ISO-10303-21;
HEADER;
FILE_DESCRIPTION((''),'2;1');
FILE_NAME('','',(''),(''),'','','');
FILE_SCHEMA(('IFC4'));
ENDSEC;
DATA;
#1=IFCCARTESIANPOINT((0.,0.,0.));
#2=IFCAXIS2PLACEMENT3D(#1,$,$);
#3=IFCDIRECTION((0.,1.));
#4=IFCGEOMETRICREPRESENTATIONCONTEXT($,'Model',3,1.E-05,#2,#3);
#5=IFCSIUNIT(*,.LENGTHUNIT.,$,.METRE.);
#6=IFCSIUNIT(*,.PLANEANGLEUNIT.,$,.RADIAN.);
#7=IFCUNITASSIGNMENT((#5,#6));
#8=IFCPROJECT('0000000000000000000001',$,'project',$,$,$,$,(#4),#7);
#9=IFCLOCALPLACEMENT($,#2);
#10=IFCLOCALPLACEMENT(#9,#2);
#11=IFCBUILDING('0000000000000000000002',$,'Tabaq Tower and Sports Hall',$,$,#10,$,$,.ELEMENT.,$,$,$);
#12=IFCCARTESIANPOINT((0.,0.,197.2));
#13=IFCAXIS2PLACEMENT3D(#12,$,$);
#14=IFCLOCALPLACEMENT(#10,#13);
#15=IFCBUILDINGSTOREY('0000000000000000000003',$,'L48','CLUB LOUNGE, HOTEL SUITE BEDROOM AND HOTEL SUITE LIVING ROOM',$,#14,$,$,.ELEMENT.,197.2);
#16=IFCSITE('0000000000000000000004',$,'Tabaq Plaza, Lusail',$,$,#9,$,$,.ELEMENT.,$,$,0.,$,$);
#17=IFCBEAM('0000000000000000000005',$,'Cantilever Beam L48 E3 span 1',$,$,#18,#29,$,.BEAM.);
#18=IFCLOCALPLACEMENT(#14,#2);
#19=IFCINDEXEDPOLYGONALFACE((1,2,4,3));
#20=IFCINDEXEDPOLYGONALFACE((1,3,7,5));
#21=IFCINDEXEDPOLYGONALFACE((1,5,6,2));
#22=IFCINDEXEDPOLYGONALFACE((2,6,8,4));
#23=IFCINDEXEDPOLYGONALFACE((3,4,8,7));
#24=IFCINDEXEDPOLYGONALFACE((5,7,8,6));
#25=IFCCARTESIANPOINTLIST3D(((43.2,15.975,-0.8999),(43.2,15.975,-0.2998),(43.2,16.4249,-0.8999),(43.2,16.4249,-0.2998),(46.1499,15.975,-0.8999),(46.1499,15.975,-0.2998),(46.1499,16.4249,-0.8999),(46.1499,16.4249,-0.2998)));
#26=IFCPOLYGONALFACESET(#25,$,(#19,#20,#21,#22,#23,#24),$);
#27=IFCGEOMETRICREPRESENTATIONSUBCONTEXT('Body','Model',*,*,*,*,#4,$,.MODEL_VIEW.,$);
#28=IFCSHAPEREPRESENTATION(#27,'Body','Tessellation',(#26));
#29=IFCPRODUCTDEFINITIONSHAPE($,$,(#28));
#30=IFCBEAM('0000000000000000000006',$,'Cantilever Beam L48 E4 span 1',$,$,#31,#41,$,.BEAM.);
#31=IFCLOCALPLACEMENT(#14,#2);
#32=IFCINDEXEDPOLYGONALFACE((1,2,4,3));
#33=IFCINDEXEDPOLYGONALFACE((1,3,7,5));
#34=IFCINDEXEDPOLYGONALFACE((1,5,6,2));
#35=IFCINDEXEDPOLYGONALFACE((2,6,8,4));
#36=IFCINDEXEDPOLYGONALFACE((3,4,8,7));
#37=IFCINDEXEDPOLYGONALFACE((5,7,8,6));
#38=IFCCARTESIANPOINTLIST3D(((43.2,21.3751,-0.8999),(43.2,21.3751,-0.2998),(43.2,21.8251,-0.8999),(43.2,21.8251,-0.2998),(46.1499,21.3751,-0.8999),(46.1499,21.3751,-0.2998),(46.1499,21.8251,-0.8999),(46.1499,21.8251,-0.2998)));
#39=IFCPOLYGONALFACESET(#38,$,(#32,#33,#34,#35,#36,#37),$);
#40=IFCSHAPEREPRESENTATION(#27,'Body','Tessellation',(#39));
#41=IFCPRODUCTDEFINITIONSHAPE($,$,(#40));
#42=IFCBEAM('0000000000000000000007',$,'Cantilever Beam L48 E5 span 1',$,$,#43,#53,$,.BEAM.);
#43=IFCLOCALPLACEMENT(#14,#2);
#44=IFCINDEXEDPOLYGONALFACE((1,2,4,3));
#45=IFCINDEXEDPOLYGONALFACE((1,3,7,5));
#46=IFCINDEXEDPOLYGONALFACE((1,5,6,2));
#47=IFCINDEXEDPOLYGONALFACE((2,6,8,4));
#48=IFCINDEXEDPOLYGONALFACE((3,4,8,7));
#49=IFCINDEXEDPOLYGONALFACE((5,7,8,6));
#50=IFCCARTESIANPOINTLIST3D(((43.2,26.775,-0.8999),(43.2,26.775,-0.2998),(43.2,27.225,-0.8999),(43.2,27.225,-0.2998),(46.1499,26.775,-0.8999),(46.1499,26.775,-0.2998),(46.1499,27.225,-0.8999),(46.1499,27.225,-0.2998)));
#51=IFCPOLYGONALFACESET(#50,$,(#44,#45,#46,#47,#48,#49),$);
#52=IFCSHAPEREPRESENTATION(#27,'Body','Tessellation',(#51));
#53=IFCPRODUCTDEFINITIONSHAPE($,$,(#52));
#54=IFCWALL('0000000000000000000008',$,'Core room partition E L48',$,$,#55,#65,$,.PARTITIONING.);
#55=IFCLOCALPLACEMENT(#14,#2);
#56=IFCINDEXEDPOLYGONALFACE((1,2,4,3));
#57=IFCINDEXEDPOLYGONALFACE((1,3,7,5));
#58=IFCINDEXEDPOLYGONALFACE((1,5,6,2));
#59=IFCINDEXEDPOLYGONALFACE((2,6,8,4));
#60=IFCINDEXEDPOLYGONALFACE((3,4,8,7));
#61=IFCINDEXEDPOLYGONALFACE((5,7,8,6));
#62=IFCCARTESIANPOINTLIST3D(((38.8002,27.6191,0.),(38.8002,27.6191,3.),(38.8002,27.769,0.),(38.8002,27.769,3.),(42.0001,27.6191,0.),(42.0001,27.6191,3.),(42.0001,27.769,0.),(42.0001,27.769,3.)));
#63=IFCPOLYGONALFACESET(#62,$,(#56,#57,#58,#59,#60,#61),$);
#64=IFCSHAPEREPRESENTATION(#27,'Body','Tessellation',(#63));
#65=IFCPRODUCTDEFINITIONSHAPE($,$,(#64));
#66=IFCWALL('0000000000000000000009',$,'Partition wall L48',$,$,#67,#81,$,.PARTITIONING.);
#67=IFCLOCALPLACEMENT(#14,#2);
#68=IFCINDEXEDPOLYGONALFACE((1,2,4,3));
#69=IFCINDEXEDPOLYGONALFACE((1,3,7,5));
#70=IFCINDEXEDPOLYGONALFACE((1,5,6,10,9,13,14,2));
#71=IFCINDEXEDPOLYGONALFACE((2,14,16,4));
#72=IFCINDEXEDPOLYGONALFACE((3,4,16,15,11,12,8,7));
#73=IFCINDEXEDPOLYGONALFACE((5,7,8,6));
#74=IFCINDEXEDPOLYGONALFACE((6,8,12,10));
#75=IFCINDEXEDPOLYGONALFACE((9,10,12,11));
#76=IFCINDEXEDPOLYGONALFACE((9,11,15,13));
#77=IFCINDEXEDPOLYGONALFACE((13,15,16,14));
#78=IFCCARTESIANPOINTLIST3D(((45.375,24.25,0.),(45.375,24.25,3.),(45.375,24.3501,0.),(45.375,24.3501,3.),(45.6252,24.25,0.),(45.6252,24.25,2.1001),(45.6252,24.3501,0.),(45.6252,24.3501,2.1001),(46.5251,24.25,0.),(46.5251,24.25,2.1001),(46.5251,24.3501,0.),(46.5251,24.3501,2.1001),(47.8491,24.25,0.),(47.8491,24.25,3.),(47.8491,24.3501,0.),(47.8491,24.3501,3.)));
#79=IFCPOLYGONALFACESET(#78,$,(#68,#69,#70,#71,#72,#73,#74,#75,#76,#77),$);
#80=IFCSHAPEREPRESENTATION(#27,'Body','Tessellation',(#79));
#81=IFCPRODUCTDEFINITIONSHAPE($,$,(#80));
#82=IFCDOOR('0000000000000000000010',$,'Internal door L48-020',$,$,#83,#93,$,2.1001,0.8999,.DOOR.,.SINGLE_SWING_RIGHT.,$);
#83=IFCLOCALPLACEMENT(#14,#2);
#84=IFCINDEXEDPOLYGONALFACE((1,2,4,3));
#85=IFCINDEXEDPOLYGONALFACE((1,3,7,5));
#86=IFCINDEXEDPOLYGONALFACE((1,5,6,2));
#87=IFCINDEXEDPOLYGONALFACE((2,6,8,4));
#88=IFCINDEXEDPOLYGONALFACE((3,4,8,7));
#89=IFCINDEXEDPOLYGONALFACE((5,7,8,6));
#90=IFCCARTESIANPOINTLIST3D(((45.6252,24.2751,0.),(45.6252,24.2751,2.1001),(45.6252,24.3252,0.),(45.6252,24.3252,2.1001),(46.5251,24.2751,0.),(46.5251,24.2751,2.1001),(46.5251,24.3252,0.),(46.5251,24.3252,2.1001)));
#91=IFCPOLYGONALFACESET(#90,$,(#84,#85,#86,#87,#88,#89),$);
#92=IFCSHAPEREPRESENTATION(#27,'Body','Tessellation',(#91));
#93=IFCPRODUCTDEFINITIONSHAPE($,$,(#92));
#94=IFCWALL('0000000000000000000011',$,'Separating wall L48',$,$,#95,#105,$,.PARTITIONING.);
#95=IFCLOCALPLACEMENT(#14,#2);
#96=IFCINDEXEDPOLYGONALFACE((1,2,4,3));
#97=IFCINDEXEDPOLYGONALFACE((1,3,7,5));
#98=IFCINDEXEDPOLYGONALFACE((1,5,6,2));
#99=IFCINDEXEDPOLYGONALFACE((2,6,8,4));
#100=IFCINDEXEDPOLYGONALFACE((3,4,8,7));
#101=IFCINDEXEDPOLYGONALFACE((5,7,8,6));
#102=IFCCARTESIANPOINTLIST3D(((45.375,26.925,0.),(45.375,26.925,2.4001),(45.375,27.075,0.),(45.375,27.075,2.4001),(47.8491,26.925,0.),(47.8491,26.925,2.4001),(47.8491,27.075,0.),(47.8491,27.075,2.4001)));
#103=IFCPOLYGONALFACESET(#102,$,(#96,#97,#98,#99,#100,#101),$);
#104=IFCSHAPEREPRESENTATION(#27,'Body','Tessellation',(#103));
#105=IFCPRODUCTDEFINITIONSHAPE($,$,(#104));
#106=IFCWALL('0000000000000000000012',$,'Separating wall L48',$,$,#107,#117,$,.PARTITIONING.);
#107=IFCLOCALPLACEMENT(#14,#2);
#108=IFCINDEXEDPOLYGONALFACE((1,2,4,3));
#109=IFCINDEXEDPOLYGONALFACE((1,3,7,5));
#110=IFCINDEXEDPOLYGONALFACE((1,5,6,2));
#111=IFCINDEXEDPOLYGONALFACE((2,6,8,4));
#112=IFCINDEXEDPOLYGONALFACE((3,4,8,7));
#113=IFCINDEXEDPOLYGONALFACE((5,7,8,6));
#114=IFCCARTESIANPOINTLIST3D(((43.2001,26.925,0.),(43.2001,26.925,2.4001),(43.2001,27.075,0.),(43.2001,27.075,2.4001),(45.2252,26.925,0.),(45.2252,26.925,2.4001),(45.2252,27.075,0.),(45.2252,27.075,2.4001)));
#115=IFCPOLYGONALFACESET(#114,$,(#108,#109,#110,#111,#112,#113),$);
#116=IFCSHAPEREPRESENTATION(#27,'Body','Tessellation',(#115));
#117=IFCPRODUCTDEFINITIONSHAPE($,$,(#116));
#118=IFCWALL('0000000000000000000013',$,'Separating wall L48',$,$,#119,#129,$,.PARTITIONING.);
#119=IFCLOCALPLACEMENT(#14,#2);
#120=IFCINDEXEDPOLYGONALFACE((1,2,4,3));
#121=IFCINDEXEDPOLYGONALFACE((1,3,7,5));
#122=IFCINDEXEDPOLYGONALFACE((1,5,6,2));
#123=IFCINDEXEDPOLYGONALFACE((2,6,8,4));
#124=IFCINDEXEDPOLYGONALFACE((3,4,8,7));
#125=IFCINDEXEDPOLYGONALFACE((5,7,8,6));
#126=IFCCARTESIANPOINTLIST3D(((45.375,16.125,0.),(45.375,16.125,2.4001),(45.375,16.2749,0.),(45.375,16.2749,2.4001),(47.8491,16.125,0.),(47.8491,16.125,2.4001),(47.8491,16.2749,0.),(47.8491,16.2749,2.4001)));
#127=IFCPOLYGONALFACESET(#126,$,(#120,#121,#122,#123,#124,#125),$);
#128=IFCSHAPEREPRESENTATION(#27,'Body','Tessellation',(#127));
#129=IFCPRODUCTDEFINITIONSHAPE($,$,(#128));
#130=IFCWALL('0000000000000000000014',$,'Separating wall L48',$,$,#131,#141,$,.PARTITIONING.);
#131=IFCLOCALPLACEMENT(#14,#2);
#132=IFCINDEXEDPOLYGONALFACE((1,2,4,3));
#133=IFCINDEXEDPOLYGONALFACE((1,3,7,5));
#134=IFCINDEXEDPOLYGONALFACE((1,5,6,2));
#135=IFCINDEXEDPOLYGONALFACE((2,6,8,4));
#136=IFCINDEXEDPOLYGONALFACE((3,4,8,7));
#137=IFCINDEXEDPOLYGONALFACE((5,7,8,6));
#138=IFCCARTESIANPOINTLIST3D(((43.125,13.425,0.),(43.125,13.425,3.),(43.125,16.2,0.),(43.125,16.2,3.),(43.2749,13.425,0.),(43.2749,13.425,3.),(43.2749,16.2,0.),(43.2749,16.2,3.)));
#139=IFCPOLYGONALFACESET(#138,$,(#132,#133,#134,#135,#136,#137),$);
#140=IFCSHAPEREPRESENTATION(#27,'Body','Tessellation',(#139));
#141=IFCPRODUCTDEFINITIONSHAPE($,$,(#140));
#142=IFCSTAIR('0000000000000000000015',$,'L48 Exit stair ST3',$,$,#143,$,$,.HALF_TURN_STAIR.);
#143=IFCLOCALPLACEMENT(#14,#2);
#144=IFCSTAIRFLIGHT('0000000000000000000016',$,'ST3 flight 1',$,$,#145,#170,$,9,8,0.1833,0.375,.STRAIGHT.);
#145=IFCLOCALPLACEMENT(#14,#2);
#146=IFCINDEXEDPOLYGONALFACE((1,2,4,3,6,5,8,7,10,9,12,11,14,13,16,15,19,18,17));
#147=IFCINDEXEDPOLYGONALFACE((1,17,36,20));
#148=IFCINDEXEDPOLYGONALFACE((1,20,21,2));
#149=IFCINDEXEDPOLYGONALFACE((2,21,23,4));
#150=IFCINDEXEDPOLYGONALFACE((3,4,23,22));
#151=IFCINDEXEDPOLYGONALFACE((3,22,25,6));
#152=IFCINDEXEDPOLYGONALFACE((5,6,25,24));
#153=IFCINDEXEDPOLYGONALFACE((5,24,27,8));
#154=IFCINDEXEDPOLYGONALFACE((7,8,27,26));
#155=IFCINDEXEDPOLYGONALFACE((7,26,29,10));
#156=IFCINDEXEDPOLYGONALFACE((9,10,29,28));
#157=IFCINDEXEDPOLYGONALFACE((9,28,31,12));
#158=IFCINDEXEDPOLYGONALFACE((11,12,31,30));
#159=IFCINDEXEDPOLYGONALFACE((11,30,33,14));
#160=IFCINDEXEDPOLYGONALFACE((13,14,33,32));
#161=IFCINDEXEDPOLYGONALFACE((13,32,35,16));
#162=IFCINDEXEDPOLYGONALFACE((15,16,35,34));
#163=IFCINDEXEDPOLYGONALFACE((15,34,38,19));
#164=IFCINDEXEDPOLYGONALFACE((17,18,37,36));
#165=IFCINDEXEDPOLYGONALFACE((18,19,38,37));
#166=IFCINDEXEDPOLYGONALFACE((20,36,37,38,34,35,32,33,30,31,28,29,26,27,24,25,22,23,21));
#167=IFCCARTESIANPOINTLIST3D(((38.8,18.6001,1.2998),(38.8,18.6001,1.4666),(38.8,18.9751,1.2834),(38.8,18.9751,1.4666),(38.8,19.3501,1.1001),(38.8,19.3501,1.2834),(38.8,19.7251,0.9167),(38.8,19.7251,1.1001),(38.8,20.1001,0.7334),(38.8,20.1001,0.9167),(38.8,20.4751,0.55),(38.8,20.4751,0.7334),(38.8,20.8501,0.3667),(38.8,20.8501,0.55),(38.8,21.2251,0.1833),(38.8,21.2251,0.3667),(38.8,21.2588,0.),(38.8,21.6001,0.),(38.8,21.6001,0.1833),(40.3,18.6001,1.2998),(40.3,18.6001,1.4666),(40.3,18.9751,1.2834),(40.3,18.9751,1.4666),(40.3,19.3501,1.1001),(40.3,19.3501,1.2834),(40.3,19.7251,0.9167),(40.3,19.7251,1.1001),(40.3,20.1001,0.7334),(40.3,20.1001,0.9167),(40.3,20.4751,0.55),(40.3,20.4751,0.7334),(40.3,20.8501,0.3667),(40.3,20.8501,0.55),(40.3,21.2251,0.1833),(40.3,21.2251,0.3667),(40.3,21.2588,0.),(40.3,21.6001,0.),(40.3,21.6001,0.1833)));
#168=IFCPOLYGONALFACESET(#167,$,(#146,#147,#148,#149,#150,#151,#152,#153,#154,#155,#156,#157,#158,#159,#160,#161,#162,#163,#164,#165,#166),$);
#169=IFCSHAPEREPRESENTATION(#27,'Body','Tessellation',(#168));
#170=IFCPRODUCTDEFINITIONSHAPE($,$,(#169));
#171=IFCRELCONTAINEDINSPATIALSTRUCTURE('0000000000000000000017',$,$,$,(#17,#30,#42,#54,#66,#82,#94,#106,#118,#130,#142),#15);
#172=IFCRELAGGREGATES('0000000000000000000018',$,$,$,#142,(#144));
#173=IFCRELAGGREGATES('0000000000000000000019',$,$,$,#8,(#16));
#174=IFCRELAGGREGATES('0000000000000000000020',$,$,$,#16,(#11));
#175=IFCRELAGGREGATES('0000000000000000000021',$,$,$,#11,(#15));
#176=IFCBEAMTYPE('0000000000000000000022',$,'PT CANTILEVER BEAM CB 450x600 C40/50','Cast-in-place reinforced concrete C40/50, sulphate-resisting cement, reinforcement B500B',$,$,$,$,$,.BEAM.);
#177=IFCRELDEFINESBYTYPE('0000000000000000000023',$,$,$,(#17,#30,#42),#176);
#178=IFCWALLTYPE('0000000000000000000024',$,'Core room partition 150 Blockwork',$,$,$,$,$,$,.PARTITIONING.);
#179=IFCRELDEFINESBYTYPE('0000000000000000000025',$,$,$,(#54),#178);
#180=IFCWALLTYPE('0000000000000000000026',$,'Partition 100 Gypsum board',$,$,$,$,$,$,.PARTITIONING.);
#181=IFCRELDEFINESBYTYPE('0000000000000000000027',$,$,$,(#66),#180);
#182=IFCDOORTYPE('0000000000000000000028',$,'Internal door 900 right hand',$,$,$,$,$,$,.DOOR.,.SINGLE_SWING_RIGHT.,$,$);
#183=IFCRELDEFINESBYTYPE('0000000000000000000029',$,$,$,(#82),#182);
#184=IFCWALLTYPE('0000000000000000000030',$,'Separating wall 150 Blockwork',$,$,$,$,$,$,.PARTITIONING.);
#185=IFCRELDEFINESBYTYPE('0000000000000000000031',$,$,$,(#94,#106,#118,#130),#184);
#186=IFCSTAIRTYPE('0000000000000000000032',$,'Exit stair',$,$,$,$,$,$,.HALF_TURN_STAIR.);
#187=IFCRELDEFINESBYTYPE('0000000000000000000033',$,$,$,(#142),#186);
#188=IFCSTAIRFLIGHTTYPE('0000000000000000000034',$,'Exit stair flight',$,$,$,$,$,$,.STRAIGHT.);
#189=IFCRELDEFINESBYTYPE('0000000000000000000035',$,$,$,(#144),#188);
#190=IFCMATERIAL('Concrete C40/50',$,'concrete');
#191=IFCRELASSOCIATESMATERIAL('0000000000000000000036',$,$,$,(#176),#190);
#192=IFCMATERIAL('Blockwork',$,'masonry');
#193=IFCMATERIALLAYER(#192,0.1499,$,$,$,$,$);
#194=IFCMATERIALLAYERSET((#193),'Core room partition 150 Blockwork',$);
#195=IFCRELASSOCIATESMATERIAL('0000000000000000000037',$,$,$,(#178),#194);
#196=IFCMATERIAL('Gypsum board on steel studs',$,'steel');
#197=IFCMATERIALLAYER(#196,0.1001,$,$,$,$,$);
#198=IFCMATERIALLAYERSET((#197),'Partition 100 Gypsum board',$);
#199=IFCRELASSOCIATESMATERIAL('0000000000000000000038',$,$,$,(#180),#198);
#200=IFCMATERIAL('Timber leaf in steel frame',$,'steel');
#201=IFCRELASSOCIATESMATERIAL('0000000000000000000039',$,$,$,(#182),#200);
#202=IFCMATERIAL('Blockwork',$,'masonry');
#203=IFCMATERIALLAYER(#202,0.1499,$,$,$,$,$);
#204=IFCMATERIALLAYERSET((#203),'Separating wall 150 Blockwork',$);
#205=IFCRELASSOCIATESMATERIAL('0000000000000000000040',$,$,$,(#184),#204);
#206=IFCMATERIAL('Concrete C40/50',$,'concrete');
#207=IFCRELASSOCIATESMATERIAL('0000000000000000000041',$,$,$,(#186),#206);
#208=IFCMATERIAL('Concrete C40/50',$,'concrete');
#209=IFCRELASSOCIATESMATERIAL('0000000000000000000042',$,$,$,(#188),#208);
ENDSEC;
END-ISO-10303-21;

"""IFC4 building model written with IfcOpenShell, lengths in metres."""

from ifc_helpers import new_model, si_unit, direction, frame, frame_2d, origin, origin_2d, place, context, subcontext, project, spatial, polyline, rectangle, outline, extrude, material, layer, layer_set, material_profile, profile_set, type_object, element, fill, aggregate, save


model = new_model("IFC4")

# Units and contexts
model_context = context("Model", 3, precision=1e-05, world=origin(), true_north=direction((0.0, 1.0)))
body_context = subcontext(model_context, "Body", "Model", "MODEL_VIEW")
ifc_project = project(units=[si_unit("LENGTHUNIT", "METRE"), si_unit("PLANEANGLEUNIT", "RADIAN")], contexts=[model_context])

# Site, building, storey
site_placement = place(None, origin())
site = spatial("IfcSite", under=ifc_project, at=site_placement, Name="Tabaq Plaza, Lusail", CompositionType="ELEMENT", RefElevation=0.0)
building_placement = place(site_placement, origin())
building = spatial("IfcBuilding", under=site, at=building_placement, Name="Tabaq Tower and Sports Hall", CompositionType="ELEMENT")
storey_placement = place(building_placement, frame((0.0, 0.0, 197.2)))
storey = spatial("IfcBuildingStorey", under=building, at=storey_placement, Name="L48", Description="CLUB LOUNGE, HOTEL SUITE BEDROOM AND HOTEL SUITE LIVING ROOM", CompositionType="ELEMENT", Elevation=197.2)

# Beams
ifc_material_1 = material(Name="Concrete C40/50", Category="concrete")
ifc_material_profile = material_profile(ifc_material_1, rectangle(XDim=0.45, YDim=0.6001, at=origin_2d()), Name="CB 450x600")
ifc_profile_set = profile_set([ifc_material_profile], Name="Concrete C40/50")
beam_type = type_object("IfcBeamType", Name="PT CANTILEVER BEAM CB 450x600 C40/50", Description="Cast-in-place reinforced concrete C40/50, sulphate-resisting cement, reinforcement B500B", PredefinedType="BEAM", material=ifc_profile_set)
for number, where, z_axis, x_axis, name in (
    (1, (46.1499, 16.2, -0.5999), (-1.0, 0.0, 0.0), (0.0, -1.0, 0.0), "Cantilever Beam L48 E3 span 1"),
    (2, (46.1499, 21.6001, -0.5999), (-1.0, 0.0, 0.0), (0.0, -1.0, 0.0), "Cantilever Beam L48 E4 span 1"),
    (3, (46.1499, 27.0, -0.5999), (-1.0, 0.0, 0.0), (0.0, -1.0, 0.0), "Cantilever Beam L48 E5 span 1"),
):
    element("IfcBeam", number, at=place(storey_placement, frame(where, z_axis=z_axis, x_axis=x_axis)), inside=storey, type_object=beam_type, Name=name, PredefinedType="BEAM", context=body_context, shape_type="SweptSolid", body=[
        extrude(rectangle(XDim=0.45, YDim=0.6001, at=origin_2d()), origin(), (0.0, 0.0, 1.0), 2.95),
    ])

# Wall
ifc_material_2 = material(Name="Blockwork", Category="masonry")
ifc_layer_1 = layer(ifc_material_2, 0.1499)
ifc_layer_set_1 = layer_set([ifc_layer_1], Name="Core room partition 150 Blockwork")
wall_type_1 = type_object("IfcWallType", Name="Core room partition 150 Blockwork", PredefinedType="PARTITIONING", material=ifc_layer_set_1)
wall_1_placement = place(storey_placement, frame((38.8, 27.6941, 0.0), z_axis=(0.0, 0.0, 1.0), x_axis=(1.0, 0.0, 0.0)))
element("IfcWall", 4, at=wall_1_placement, inside=storey, type_object=wall_type_1, Name="Core room partition E L48", PredefinedType="PARTITIONING", context=body_context, shape_type="SweptSolid", body=[
    extrude(rectangle(XDim=3.2, YDim=0.1499, at=frame_2d((1.6001, 0.0))), origin(), (0.0, 0.0, 1.0), 3.0),
])

# Wall, opening, door
ifc_material_3 = material(Name="Gypsum board on steel studs", Category="steel")
ifc_layer_2 = layer(ifc_material_3, 0.1001)
ifc_layer_set_2 = layer_set([ifc_layer_2], Name="Partition 100 Gypsum board")
wall_type_2 = type_object("IfcWallType", Name="Partition 100 Gypsum board", PredefinedType="PARTITIONING", material=ifc_layer_set_2)
wall_2_placement = place(storey_placement, frame((47.8491, 24.3, 0.0), z_axis=(0.0, 0.0, 1.0), x_axis=(-1.0, 0.0, 0.0)))
wall_2 = element("IfcWall", 5, at=wall_2_placement, inside=storey, type_object=wall_type_2, Name="Partition wall L48", PredefinedType="PARTITIONING", context=body_context, shape_type="SweptSolid", body=[
    extrude(rectangle(XDim=2.4741, YDim=0.1001, at=frame_2d((1.2371, 0.0))), origin(), (0.0, 0.0, 1.0), 3.0),
])
opening_1_placement = place(wall_2_placement, frame((1.324, 0.0, 0.0)))
opening_1 = element("IfcOpeningElement", 6, at=opening_1_placement, cuts=wall_2, PredefinedType="OPENING", context=body_context, shape_type="SweptSolid", body=[
    extrude(rectangle(XDim=0.8999, YDim=2.1001, at=frame_2d((0.45, 1.05))), frame((0.0, 0.05, 0.0), z_axis=(0.0, -1.0, 0.0), x_axis=(1.0, 0.0, 0.0)), (0.0, 0.0, 1.0), 0.1001),
])
ifc_material_4 = material(Name="Timber leaf in steel frame", Category="steel")
door_type_1 = type_object("IfcDoorType", Name="Internal door 900 right hand", OperationType="SINGLE_SWING_RIGHT", PredefinedType="DOOR", material=ifc_material_4)
door_1_placement = place(opening_1_placement, origin())
door_1 = element("IfcDoor", 7, at=door_1_placement, inside=storey, type_object=door_type_1, Name="Internal door L48-020", OperationType="SINGLE_SWING_RIGHT", OverallHeight=2.1001, OverallWidth=0.8999, PredefinedType="DOOR", context=body_context, shape_type="SweptSolid", body=[
    extrude(rectangle(XDim=0.8999, YDim=2.1001, at=frame_2d((0.45, 1.05))), frame((0.0, 0.0249, 0.0), z_axis=(0.0, -1.0, 0.0), x_axis=(1.0, 0.0, 0.0)), (0.0, 0.0, 1.0), 0.05),
])
fill(opening_1, door_1)

# Walls
ifc_material_5 = material(Name="Blockwork", Category="masonry")
ifc_layer_3 = layer(ifc_material_5, 0.1499)
ifc_layer_set_3 = layer_set([ifc_layer_3], Name="Separating wall 150 Blockwork")
wall_type_3 = type_object("IfcWallType", Name="Separating wall 150 Blockwork", PredefinedType="PARTITIONING", material=ifc_layer_set_3)
wall_3_placement = place(storey_placement, frame((45.375, 27.0, 0.0), z_axis=(0.0, 0.0, 1.0), x_axis=(1.0, 0.0, 0.0)))
element("IfcWall", 8, at=wall_3_placement, inside=storey, type_object=wall_type_3, Name="Separating wall L48", PredefinedType="PARTITIONING", context=body_context, shape_type="SweptSolid", body=[
    extrude(rectangle(XDim=2.4741, YDim=0.1499, at=frame_2d((1.2371, 0.0))), origin(), (0.0, 0.0, 1.0), 2.4001),
])
wall_4_placement = place(storey_placement, frame((43.2, 27.0, 0.0), z_axis=(0.0, 0.0, 1.0), x_axis=(1.0, 0.0, 0.0)))
element("IfcWall", 9, at=wall_4_placement, inside=storey, type_object=wall_type_3, Name="Separating wall L48", PredefinedType="PARTITIONING", context=body_context, shape_type="SweptSolid", body=[
    extrude(rectangle(XDim=2.0251, YDim=0.1499, at=frame_2d((1.0127, 0.0))), origin(), (0.0, 0.0, 1.0), 2.4001),
])
wall_5_placement = place(storey_placement, frame((47.8491, 16.2, 0.0), z_axis=(0.0, 0.0, 1.0), x_axis=(-1.0, 0.0, 0.0)))
element("IfcWall", 10, at=wall_5_placement, inside=storey, type_object=wall_type_3, Name="Separating wall L48", PredefinedType="PARTITIONING", context=body_context, shape_type="SweptSolid", body=[
    extrude(rectangle(XDim=2.4741, YDim=0.1499, at=frame_2d((1.2371, 0.0))), origin(), (0.0, 0.0, 1.0), 2.4001),
])
wall_6_placement = place(storey_placement, frame((43.2, 16.2, 0.0), z_axis=(0.0, 0.0, 1.0), x_axis=(0.0, -1.0, 0.0)))
element("IfcWall", 11, at=wall_6_placement, inside=storey, type_object=wall_type_3, Name="Separating wall L48", PredefinedType="PARTITIONING", context=body_context, shape_type="SweptSolid", body=[
    extrude(rectangle(XDim=2.7749, YDim=0.1499, at=frame_2d((1.3875, 0.0))), origin(), (0.0, 0.0, 1.0), 3.0),
])

# Stair, stair flight
ifc_material_6 = material(Name="Concrete C40/50", Category="concrete")
stair_type = type_object("IfcStairType", Name="Exit stair", PredefinedType="HALF_TURN_STAIR", material=ifc_material_6)
stair_placement = place(storey_placement, origin())
stair = element("IfcStair", 12, at=stair_placement, inside=storey, type_object=stair_type, Name="L48 Exit stair ST3", PredefinedType="HALF_TURN_STAIR")
ifc_material_7 = material(Name="Concrete C40/50", Category="concrete")
stair_flight_type = type_object("IfcStairFlightType", Name="Exit stair flight", PredefinedType="STRAIGHT", material=ifc_material_7)
stair_flight_1_placement = place(storey_placement, frame((39.55, 21.6001, 0.0), z_axis=(0.0, 0.0, 1.0), x_axis=(0.0, -1.0, 0.0)))
stair_flight_1 = element("IfcStairFlight", 13, at=stair_flight_1_placement, type_object=stair_flight_type, Name="ST3 flight 1", NumberOfRisers=9, NumberOfTreads=8, PredefinedType="STRAIGHT", RiserHeight=0.1833, TreadLength=0.375, context=body_context, shape_type="SweptSolid", body=[
    extrude(outline(polyline([(0.0, 0.0), (0.0, 0.1833), (0.375, 0.1833), (0.375, 0.3667), (0.75, 0.3667), (0.75, 0.55), (1.125, 0.55), (1.125, 0.7334), (1.5, 0.7334), (1.5, 0.9167), (1.875, 0.9167), (1.875, 1.1001), (2.25, 1.1001), (2.25, 1.2834), (2.625, 1.2834), (2.625, 1.4666), (3.0, 1.4666), (3.0, 1.6499), (3.0, 1.2998), (0.3413, 0.0), (0.0, 0.0)])), frame((0.0, 0.75, 0.0), z_axis=(0.0, -1.0, 0.0), x_axis=(1.0, 0.0, 0.0)), (0.0, 0.0, 1.0), 1.5),
])
aggregate(stair, [stair_flight_1])

save(model, "model.ifc")
